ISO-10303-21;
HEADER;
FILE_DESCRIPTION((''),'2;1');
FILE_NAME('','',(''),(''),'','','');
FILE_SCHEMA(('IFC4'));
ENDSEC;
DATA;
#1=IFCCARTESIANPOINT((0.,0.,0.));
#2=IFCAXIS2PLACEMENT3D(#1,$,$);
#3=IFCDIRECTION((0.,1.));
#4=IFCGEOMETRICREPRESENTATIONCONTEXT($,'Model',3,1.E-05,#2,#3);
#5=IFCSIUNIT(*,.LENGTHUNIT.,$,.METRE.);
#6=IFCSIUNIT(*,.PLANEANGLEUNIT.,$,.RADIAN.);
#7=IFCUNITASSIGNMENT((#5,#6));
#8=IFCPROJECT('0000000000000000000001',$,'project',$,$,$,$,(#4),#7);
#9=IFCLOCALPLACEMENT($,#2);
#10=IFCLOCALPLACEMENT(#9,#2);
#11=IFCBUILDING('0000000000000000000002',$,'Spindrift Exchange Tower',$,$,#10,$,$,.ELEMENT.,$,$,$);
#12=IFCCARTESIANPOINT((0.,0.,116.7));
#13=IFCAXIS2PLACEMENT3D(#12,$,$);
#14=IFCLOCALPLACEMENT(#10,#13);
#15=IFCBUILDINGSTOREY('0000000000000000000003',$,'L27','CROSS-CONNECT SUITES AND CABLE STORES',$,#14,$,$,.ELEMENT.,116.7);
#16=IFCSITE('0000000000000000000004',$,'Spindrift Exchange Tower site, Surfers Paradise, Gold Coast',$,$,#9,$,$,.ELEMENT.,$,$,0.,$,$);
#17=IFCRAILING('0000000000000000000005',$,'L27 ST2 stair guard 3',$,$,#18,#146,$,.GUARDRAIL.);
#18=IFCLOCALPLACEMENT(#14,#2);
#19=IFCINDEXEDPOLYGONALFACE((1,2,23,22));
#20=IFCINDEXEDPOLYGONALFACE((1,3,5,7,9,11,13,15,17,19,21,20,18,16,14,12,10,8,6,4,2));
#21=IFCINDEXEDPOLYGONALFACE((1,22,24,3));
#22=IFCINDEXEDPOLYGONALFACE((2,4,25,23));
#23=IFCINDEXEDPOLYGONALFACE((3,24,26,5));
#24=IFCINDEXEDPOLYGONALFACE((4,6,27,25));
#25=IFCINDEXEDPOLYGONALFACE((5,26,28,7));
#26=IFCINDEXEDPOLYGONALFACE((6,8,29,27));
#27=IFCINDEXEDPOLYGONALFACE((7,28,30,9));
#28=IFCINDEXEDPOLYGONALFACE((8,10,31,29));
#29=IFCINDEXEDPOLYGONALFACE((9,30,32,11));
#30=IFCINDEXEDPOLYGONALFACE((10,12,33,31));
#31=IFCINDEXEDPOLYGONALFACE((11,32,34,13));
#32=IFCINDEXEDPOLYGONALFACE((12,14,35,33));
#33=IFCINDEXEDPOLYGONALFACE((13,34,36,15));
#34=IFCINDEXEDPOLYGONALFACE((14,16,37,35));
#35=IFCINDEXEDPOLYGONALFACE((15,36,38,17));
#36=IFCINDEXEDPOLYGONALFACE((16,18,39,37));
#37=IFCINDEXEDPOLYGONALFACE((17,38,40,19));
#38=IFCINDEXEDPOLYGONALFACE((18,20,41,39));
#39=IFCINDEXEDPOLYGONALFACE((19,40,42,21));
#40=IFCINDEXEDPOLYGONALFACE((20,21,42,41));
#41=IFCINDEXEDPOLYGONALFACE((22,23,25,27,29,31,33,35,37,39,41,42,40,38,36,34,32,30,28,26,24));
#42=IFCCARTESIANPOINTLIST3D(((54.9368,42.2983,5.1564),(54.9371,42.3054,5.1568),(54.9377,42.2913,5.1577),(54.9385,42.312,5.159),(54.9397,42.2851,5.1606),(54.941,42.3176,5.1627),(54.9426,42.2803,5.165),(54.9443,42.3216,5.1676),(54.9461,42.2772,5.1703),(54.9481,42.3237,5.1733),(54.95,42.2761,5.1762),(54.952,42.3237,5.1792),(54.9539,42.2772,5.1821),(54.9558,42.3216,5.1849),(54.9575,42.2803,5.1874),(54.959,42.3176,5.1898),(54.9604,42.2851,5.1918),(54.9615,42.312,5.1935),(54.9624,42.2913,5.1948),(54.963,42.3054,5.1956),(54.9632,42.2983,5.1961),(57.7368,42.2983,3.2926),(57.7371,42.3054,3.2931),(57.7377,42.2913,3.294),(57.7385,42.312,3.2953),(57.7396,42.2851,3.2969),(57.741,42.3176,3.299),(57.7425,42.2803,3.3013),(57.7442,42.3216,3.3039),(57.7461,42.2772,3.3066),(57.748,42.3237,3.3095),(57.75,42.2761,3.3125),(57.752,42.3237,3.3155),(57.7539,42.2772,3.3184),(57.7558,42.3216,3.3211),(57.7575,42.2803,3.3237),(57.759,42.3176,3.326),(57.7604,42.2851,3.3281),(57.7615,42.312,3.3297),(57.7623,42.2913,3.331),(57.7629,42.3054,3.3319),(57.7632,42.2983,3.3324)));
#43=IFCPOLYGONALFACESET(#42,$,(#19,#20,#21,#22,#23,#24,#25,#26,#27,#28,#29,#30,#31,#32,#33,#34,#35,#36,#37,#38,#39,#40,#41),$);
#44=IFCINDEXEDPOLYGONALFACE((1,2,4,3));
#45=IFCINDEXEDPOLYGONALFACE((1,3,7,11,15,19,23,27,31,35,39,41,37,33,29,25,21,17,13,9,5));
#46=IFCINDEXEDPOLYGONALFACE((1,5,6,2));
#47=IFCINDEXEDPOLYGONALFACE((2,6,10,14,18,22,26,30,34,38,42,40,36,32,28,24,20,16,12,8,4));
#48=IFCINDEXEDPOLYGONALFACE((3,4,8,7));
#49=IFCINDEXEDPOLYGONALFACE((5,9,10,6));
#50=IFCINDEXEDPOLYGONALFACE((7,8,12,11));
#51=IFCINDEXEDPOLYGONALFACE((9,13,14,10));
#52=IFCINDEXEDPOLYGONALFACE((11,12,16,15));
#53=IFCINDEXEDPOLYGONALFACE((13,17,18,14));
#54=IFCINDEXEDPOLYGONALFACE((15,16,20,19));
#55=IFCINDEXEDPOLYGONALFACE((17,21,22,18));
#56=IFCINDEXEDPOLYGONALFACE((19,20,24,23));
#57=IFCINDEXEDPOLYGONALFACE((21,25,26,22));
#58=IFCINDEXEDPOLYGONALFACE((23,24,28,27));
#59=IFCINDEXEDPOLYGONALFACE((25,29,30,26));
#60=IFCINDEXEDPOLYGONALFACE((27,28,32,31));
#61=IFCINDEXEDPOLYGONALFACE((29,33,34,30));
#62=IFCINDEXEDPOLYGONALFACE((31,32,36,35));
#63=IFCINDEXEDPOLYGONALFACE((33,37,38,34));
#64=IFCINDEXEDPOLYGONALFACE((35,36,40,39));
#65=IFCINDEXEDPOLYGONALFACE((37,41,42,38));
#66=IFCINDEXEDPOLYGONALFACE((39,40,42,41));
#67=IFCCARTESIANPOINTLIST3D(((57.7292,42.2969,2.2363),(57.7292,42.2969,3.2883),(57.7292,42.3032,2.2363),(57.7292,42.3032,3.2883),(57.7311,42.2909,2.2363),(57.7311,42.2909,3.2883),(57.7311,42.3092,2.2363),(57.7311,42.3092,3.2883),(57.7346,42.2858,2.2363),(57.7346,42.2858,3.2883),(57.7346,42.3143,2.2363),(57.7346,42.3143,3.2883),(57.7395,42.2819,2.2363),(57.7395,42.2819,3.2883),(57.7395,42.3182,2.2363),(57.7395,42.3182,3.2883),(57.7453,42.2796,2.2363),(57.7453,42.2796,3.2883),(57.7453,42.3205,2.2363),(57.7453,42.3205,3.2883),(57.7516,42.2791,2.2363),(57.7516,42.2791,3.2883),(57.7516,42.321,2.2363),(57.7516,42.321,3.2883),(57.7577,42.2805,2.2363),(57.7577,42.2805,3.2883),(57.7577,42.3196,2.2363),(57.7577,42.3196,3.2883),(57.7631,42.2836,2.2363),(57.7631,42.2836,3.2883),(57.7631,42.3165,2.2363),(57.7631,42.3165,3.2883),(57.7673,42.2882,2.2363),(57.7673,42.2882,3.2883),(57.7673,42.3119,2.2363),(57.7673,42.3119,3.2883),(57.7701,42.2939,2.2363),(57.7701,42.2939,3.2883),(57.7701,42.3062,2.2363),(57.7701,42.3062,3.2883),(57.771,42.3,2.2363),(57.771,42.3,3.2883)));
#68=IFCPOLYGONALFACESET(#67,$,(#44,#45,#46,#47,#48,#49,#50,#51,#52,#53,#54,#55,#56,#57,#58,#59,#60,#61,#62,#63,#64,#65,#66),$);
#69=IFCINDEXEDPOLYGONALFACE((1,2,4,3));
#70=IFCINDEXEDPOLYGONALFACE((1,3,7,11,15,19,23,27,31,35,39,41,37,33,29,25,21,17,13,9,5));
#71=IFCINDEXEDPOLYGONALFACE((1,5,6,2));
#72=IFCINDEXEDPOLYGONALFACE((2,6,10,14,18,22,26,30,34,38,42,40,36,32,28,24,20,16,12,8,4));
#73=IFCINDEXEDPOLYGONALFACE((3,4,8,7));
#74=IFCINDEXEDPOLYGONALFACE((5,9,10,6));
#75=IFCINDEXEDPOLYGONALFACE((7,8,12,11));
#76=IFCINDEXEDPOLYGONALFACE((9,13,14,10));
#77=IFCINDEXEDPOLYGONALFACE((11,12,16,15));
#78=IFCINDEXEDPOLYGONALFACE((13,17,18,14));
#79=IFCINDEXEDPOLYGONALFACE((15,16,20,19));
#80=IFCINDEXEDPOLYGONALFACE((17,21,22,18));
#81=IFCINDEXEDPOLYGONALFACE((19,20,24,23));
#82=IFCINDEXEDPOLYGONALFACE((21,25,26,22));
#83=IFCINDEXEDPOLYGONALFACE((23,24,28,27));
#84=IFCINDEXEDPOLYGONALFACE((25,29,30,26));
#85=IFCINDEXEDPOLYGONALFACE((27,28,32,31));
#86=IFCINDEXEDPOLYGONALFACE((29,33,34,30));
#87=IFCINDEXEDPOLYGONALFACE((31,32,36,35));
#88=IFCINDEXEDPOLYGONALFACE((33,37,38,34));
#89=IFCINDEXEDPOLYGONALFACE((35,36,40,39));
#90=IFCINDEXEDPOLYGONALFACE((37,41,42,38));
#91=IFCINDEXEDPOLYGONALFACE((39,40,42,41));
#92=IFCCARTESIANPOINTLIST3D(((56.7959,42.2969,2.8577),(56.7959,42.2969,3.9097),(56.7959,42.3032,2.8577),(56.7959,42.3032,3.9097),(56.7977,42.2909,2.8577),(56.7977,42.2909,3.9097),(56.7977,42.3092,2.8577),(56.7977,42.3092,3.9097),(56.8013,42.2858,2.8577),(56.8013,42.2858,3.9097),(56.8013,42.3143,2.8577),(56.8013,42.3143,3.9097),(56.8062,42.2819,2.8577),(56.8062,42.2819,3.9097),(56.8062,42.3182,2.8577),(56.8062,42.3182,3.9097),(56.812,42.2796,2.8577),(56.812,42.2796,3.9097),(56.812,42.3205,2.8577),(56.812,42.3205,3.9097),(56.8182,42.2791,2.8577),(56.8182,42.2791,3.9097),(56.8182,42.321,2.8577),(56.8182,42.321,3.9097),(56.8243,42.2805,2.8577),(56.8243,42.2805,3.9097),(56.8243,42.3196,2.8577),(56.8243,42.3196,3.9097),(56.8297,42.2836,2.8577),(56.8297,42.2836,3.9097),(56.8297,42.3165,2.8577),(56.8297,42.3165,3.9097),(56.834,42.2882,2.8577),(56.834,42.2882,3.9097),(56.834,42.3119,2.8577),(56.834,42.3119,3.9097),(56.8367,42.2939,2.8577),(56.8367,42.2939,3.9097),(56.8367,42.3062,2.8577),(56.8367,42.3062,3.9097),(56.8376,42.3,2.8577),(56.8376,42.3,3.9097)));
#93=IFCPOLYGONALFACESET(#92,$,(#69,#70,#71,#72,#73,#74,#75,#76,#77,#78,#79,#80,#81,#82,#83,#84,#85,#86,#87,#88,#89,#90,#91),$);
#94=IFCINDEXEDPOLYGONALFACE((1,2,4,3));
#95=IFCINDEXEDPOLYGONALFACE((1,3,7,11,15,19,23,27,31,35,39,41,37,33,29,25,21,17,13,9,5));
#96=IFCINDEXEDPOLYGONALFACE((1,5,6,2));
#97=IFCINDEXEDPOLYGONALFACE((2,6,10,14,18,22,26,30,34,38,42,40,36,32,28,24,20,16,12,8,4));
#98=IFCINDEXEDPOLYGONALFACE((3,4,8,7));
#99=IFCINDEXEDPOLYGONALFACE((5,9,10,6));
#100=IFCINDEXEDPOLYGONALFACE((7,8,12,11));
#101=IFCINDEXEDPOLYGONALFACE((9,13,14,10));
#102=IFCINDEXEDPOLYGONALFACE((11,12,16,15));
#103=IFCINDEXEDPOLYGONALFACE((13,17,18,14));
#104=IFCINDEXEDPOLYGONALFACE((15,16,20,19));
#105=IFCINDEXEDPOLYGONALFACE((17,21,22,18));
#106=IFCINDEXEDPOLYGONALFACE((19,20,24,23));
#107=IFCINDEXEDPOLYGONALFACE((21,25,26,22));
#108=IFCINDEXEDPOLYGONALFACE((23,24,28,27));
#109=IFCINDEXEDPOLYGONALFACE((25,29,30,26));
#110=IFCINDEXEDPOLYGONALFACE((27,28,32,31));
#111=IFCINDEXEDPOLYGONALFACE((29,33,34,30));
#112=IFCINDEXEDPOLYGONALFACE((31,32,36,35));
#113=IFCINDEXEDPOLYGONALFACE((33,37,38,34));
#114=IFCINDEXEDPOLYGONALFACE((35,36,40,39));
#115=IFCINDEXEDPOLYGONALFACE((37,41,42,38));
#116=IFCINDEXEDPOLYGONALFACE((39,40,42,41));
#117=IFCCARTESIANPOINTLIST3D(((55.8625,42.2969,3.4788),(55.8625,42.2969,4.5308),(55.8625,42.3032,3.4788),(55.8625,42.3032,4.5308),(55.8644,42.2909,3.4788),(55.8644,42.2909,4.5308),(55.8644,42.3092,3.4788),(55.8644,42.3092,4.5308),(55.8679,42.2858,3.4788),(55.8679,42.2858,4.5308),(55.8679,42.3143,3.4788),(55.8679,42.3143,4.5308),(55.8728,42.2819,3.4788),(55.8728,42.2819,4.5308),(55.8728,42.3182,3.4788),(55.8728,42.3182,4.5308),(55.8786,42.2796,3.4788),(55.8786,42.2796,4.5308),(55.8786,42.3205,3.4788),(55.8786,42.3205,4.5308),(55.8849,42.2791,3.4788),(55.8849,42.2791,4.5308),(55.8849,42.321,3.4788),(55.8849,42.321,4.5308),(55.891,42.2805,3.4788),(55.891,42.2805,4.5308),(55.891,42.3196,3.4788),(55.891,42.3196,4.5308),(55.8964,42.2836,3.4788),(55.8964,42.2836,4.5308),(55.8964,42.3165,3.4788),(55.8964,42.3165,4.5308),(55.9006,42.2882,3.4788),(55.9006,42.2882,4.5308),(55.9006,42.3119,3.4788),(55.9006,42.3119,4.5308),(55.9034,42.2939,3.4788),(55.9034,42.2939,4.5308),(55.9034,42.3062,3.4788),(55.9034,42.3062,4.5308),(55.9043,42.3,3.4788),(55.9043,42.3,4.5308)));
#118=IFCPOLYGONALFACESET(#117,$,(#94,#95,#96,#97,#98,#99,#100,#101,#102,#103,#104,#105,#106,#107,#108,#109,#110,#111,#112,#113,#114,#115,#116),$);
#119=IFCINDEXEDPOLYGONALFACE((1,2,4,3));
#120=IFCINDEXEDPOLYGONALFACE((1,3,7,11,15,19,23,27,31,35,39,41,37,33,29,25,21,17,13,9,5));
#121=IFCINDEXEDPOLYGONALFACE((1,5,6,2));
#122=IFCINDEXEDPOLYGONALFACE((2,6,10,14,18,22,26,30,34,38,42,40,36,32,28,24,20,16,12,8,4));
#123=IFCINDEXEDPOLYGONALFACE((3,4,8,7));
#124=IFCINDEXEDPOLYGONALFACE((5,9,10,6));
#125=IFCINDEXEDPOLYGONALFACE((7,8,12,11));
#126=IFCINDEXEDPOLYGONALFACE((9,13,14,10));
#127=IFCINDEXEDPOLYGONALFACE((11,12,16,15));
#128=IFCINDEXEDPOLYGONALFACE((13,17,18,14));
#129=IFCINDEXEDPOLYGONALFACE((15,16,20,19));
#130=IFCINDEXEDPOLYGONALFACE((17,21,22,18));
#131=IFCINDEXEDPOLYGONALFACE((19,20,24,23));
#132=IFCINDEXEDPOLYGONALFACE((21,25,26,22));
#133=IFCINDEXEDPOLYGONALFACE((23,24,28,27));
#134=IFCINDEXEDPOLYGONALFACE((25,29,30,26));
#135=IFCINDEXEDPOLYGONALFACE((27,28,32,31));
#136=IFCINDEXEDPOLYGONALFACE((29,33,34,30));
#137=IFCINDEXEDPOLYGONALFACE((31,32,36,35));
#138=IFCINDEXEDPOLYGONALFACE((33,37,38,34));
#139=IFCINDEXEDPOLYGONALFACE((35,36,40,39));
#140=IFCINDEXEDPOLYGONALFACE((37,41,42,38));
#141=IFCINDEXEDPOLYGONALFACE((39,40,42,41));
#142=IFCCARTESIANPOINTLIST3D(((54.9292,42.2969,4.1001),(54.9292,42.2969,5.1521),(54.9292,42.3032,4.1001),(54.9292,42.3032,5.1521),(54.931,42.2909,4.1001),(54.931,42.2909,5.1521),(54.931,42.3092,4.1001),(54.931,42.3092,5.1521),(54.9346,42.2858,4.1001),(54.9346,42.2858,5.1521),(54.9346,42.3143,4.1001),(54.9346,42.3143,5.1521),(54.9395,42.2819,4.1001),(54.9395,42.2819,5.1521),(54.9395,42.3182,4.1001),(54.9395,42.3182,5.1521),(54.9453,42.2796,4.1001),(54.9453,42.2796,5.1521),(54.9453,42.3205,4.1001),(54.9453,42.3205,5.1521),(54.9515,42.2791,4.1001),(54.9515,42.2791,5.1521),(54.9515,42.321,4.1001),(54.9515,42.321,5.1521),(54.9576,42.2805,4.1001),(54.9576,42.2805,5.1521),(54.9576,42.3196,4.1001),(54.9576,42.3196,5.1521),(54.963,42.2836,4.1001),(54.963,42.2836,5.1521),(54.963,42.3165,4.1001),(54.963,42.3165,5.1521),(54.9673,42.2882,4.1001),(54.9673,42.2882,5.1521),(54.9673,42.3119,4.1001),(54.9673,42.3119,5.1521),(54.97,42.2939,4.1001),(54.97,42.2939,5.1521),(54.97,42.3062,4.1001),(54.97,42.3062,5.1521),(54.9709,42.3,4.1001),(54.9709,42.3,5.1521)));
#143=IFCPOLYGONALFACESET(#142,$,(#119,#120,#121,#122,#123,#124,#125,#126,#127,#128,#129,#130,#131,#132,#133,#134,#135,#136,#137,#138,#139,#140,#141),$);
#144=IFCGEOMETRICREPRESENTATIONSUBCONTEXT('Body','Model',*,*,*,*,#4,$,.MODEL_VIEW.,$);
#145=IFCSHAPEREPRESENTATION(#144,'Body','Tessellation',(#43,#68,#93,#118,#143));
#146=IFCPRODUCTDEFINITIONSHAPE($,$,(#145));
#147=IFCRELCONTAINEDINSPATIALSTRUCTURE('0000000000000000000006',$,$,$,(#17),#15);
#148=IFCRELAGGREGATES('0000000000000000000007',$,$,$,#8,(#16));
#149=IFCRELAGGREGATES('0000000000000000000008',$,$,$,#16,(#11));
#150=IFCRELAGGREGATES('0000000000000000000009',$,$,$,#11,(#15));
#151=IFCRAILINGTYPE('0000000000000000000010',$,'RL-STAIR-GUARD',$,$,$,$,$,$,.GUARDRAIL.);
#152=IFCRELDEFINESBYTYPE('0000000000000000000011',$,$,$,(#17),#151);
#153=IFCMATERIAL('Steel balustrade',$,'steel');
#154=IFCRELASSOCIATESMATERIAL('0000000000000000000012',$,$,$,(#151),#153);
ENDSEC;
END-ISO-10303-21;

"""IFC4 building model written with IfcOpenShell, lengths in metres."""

from ifc_helpers import new_model, si_unit, direction, frame, origin, origin_2d, place, context, subcontext, project, spatial, circle, extrude, material, type_object, element, save


model = new_model("IFC4")

# Units and contexts
model_context = context("Model", 3, precision=1e-05, world=origin(), true_north=direction((0.0, 1.0)))
body_context = subcontext(model_context, "Body", "Model", "MODEL_VIEW")
ifc_project = project(units=[si_unit("LENGTHUNIT", "METRE"), si_unit("PLANEANGLEUNIT", "RADIAN")], contexts=[model_context])

# Site, building, storey
site_placement = place(None, origin())
site = spatial("IfcSite", under=ifc_project, at=site_placement, Name="Spindrift Exchange Tower site, Surfers Paradise, Gold Coast", CompositionType="ELEMENT", RefElevation=0.0)
building_placement = place(site_placement, origin())
building = spatial("IfcBuilding", under=site, at=building_placement, Name="Spindrift Exchange Tower", CompositionType="ELEMENT")
storey_placement = place(building_placement, frame((0.0, 0.0, 116.7)))
storey = spatial("IfcBuildingStorey", under=building, at=storey_placement, Name="L27", Description="CROSS-CONNECT SUITES AND CABLE STORES", CompositionType="ELEMENT", Elevation=116.7)

# Railing
ifc_material_1 = material(Name="Steel balustrade", Category="steel")
railing_type_1 = type_object("IfcRailingType", Name="RL-STAIR-GUARD", PredefinedType="GUARDRAIL", material=ifc_material_1)
railing_1_placement = place(storey_placement, frame((57.75, 42.3, 2.2363)))
element("IfcRailing", 1, at=railing_1_placement, inside=storey, type_object=railing_type_1, Name="L27 ST2 stair guard 3", PredefinedType="GUARDRAIL", context=body_context, shape_type="SweptSolid", body=[
    extrude(circle(Radius=0.0239, at=origin_2d()), frame((0.0, 0.0, 1.0762), z_axis=(-0.832452, 0.0, 0.554097), x_axis=(0.0, -1.0, 0.0)), (0.0, 0.0, 1.0), 3.3635),
    extrude(circle(Radius=0.021, at=origin_2d()), origin(), (0.0, 0.0, 1.0), 1.052),
    extrude(circle(Radius=0.021, at=origin_2d()), frame((-0.9333, 0.0, 0.6213)), (0.0, 0.0, 1.0), 1.052),
    extrude(circle(Radius=0.021, at=origin_2d()), frame((-1.8667, 0.0, 1.2424)), (0.0, 0.0, 1.0), 1.052),
    extrude(circle(Radius=0.021, at=origin_2d()), frame((-2.8, 0.0, 1.8638)), (0.0, 0.0, 1.0), 1.052),
])

save(model, "model.ifc")
